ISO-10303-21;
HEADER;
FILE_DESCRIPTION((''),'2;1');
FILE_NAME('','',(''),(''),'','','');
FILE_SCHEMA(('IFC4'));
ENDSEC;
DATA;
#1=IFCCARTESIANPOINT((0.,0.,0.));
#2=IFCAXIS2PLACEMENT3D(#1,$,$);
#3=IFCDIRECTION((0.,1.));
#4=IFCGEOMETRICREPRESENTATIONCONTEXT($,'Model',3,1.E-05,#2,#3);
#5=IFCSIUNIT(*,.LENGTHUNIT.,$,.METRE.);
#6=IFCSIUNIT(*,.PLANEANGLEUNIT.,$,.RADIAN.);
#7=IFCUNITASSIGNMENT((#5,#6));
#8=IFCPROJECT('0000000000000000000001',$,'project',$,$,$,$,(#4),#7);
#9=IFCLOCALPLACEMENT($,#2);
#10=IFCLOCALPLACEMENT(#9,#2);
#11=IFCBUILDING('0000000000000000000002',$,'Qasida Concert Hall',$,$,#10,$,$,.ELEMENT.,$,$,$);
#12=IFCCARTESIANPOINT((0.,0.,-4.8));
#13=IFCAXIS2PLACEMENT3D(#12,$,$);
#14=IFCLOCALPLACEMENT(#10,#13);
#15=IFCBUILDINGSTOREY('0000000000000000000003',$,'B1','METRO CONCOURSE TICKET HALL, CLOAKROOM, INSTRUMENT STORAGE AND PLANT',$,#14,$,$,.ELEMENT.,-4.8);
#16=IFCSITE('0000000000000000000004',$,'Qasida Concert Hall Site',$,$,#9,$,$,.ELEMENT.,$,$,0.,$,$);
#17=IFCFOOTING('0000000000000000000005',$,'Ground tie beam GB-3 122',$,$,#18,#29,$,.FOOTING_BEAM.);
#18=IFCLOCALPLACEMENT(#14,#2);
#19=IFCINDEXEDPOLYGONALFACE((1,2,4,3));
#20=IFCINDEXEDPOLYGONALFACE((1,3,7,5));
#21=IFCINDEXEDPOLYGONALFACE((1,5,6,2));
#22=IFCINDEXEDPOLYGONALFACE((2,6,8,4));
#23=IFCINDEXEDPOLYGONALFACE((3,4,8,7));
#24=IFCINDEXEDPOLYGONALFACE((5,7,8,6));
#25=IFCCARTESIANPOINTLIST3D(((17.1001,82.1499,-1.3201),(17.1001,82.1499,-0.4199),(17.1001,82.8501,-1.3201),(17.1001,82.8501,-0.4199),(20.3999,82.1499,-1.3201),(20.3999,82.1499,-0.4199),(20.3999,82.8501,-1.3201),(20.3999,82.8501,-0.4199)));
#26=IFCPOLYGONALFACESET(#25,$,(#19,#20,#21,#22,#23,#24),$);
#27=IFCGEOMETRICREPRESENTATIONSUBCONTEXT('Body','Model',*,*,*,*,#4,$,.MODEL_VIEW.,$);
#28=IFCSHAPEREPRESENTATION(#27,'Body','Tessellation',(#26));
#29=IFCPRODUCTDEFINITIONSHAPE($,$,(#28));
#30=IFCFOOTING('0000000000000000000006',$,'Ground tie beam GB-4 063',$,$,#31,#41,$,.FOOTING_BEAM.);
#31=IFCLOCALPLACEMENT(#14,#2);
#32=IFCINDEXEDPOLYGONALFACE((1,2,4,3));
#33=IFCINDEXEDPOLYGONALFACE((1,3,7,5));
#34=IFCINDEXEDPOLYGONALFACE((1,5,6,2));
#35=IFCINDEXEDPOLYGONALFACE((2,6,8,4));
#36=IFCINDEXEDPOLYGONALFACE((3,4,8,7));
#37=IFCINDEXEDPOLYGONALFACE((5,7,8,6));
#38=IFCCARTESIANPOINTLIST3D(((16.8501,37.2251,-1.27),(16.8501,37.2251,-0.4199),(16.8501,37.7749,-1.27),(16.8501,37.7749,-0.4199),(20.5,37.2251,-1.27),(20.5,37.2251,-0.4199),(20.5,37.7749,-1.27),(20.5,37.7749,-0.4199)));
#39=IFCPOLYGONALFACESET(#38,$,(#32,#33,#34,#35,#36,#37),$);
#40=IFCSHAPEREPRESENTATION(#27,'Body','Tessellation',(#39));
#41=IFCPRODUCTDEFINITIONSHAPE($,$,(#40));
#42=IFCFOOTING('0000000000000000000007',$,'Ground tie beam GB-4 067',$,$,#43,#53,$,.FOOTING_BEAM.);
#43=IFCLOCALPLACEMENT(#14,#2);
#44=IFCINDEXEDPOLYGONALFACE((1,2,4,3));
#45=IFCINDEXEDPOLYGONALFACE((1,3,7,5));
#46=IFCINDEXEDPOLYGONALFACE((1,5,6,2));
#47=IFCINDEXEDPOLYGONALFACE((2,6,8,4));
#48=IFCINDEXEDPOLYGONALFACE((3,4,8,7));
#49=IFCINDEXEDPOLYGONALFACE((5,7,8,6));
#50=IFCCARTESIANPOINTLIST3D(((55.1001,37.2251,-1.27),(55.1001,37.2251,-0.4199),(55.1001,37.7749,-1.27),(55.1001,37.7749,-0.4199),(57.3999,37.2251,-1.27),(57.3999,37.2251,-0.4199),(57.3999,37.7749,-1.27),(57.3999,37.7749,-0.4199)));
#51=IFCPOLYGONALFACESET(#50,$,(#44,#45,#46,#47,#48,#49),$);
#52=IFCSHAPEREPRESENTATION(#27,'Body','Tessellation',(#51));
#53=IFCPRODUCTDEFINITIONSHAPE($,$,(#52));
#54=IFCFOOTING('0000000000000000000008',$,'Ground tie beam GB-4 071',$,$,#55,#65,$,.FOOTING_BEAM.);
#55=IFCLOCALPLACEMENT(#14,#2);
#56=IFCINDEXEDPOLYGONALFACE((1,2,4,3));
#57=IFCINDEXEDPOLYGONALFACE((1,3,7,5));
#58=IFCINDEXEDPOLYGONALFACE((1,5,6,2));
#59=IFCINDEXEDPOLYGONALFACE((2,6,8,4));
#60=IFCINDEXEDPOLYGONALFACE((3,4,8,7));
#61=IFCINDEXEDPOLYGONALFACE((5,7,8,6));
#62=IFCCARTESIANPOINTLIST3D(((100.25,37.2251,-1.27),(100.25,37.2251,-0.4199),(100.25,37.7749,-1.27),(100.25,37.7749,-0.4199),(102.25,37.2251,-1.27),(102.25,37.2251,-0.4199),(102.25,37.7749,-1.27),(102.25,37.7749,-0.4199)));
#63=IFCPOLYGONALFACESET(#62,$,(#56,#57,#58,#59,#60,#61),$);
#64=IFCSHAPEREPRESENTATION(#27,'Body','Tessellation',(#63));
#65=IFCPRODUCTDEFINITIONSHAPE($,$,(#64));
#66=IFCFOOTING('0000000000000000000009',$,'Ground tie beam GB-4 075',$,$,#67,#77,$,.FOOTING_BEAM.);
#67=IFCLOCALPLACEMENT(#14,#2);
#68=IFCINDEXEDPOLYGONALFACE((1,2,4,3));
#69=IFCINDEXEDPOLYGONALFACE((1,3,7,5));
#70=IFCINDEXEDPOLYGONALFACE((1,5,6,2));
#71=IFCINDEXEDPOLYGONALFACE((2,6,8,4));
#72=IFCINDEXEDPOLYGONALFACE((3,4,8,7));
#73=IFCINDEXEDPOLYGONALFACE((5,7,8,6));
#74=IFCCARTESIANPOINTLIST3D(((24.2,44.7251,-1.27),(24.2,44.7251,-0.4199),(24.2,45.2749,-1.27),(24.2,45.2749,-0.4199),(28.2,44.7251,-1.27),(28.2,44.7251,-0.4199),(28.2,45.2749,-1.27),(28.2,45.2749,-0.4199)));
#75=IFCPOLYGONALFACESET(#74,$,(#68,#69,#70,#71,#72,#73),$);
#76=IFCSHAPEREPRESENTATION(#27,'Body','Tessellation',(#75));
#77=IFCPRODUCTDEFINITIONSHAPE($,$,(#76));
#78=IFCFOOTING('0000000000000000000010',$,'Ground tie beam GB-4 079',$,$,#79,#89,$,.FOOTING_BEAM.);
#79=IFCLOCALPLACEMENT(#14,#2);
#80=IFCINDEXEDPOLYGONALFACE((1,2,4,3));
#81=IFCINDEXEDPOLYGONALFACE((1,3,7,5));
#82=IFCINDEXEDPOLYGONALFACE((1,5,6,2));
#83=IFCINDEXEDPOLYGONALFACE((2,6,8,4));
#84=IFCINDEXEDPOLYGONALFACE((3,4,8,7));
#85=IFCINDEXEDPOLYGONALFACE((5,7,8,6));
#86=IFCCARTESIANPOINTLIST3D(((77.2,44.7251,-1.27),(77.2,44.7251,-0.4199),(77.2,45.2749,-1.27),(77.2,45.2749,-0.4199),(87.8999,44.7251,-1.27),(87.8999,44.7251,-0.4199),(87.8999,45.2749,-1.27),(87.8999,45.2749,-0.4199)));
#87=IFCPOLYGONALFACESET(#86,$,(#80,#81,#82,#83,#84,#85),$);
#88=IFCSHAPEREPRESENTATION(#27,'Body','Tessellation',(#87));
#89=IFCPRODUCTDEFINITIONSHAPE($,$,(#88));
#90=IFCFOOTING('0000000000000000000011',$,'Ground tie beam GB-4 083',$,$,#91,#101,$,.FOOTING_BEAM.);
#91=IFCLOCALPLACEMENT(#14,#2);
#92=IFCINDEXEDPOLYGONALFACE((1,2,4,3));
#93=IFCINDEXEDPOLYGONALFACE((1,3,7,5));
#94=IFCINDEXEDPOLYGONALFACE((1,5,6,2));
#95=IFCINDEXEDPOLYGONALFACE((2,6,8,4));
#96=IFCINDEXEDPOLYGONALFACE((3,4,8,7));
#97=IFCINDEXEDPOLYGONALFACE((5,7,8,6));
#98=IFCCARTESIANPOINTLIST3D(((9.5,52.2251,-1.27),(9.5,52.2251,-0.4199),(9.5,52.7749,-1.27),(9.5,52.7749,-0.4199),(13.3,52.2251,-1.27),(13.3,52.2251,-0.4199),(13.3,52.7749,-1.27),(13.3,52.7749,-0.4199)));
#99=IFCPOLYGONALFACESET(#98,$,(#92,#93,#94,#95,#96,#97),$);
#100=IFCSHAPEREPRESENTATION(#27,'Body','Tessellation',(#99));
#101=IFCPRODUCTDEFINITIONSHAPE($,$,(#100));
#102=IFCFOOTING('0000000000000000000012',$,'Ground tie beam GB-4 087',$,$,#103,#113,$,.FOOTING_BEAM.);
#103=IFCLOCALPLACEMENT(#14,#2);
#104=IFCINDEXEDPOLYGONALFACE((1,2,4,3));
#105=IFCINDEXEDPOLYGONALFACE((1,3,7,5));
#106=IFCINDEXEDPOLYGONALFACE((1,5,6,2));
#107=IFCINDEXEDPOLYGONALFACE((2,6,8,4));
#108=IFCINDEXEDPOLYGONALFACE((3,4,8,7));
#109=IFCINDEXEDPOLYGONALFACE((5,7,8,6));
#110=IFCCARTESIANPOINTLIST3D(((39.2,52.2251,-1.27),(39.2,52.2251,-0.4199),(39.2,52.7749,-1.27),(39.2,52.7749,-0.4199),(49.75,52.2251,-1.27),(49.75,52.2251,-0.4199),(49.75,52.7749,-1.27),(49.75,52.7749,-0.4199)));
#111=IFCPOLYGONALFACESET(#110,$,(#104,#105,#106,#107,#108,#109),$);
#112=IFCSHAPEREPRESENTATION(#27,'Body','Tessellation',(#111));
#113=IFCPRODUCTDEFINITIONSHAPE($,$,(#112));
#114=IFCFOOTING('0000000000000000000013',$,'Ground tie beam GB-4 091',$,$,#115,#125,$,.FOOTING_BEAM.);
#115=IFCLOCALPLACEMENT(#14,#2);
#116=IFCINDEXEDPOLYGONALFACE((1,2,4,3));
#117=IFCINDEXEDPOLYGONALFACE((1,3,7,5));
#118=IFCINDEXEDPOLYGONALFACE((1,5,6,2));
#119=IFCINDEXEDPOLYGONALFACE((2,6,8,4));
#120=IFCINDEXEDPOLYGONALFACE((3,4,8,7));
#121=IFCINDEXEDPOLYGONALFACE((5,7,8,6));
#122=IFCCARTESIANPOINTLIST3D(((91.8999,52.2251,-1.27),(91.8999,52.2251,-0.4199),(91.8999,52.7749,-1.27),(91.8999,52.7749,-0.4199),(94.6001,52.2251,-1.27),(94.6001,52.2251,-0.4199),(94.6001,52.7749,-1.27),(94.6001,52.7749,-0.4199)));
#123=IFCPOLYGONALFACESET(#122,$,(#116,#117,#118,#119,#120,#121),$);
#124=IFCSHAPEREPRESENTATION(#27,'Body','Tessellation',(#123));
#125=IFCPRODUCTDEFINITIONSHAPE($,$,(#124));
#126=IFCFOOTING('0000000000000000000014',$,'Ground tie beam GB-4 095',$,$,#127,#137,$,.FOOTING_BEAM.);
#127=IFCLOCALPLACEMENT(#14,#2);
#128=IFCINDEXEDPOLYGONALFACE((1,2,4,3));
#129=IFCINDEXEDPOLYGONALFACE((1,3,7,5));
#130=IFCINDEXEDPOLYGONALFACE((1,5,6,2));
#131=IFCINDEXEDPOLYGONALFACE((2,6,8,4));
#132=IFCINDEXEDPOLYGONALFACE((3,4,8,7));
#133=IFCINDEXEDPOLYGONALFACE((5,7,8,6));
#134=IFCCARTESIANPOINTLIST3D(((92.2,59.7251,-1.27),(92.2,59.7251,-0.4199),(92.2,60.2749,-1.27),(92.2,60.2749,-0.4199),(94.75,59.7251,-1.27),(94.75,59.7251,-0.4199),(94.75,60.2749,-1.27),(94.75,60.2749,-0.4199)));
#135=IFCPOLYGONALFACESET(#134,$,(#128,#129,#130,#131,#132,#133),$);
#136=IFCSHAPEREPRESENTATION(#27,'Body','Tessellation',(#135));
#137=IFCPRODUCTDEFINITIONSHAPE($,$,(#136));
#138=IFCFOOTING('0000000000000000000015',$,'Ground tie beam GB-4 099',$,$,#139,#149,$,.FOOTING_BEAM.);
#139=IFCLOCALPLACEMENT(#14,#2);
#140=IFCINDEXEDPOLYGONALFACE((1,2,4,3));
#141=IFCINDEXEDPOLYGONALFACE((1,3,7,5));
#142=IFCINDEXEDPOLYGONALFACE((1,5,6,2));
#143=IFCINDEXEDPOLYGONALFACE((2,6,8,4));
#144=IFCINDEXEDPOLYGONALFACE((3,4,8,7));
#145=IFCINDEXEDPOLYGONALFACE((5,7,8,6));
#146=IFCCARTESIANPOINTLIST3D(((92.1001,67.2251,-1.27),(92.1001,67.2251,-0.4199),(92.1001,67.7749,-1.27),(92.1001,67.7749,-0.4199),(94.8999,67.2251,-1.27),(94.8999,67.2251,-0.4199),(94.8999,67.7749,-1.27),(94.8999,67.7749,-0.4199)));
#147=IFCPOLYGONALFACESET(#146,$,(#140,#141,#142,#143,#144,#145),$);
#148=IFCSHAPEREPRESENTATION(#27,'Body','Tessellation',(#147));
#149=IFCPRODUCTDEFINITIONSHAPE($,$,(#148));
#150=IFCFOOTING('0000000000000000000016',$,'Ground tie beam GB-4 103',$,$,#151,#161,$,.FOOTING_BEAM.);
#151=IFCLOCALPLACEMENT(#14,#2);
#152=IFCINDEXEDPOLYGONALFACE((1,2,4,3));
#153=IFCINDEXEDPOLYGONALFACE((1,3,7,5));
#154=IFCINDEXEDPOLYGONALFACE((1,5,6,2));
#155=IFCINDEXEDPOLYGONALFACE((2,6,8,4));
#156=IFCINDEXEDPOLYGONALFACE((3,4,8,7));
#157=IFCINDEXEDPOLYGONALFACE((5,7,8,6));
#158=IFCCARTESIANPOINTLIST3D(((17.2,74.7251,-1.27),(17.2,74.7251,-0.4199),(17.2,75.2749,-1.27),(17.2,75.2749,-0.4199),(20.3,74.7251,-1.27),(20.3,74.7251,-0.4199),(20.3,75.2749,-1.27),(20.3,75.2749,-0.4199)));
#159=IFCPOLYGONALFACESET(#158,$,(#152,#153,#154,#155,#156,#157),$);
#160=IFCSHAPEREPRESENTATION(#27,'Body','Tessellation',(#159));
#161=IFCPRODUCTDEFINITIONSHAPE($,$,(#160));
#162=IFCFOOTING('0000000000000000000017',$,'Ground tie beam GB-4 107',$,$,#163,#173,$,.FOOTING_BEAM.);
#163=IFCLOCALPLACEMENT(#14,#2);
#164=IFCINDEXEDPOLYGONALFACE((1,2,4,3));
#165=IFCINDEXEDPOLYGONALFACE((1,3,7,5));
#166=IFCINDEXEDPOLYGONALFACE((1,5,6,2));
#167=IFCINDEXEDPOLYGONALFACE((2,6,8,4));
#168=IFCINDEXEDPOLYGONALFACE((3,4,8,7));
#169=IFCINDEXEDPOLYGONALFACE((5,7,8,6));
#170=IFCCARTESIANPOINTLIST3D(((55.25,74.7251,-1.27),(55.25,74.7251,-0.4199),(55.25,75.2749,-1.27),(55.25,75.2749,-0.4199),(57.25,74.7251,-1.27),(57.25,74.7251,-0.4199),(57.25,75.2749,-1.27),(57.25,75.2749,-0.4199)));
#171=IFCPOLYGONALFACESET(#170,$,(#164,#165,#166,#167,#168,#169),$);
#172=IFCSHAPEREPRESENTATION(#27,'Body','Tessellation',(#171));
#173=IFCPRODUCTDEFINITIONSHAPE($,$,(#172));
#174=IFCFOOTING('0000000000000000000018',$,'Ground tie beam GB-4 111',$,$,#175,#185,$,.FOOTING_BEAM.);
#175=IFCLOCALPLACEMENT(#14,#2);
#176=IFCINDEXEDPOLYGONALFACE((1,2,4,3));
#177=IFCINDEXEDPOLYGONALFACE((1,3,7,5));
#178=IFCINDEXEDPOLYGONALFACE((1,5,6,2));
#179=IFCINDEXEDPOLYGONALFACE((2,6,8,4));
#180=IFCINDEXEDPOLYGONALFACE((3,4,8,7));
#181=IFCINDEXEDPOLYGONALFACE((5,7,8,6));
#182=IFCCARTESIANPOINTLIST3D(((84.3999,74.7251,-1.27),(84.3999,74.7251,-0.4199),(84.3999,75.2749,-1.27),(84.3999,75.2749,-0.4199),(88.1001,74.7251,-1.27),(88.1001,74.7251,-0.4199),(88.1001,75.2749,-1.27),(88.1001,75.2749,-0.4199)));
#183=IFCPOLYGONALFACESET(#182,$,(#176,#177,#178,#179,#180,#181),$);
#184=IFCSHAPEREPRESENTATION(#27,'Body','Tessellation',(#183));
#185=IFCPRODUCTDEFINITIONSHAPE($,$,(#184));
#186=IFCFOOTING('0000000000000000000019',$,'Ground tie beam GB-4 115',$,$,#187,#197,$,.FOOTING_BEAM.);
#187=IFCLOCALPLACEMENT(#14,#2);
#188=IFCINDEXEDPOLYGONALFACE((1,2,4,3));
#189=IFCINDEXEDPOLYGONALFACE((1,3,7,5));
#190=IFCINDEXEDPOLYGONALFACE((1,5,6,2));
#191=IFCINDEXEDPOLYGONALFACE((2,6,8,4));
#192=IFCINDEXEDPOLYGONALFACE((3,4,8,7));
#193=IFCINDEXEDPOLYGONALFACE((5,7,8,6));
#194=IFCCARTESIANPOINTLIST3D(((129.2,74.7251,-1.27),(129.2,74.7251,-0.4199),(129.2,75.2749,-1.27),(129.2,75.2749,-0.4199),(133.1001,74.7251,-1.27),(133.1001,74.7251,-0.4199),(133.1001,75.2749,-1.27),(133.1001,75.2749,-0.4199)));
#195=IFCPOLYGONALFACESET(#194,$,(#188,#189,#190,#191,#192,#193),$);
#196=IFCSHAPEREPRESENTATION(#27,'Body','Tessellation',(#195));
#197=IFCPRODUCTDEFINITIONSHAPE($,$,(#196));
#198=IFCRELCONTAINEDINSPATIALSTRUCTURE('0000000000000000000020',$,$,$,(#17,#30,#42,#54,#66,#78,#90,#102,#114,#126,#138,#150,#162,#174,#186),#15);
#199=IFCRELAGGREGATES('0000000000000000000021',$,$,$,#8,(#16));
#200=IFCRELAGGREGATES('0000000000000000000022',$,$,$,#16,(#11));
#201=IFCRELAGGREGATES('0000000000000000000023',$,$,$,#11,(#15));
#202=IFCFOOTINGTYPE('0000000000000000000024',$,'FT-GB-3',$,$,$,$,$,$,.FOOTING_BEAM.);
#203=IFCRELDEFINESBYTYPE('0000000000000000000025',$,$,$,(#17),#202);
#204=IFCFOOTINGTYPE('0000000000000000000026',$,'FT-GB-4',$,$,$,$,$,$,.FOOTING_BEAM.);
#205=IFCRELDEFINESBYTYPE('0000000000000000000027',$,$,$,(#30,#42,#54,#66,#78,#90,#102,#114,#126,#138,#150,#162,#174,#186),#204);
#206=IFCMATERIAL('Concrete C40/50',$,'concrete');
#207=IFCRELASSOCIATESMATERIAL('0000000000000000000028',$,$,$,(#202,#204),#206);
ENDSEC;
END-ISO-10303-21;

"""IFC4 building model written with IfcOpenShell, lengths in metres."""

from ifc_helpers import new_model, si_unit, direction, frame, origin, place, context, subcontext, project, spatial, polyline, outline, extrude, material, type_object, element, save


model = new_model("IFC4")

# Units and contexts
model_context = context("Model", 3, precision=1e-05, world=origin(), true_north=direction((0.0, 1.0)))
body_context = subcontext(model_context, "Body", "Model", "MODEL_VIEW")
ifc_project = project(units=[si_unit("LENGTHUNIT", "METRE"), si_unit("PLANEANGLEUNIT", "RADIAN")], contexts=[model_context])

# Site, building, storey
site_placement = place(None, origin())
site = spatial("IfcSite", under=ifc_project, at=site_placement, Name="Qasida Concert Hall Site", CompositionType="ELEMENT", RefElevation=0.0)
building_placement = place(site_placement, origin())
building = spatial("IfcBuilding", under=site, at=building_placement, Name="Qasida Concert Hall", CompositionType="ELEMENT")
storey_placement = place(building_placement, frame((0.0, 0.0, -4.8)))
storey = spatial("IfcBuildingStorey", under=building, at=storey_placement, Name="B1", Description="METRO CONCOURSE TICKET HALL, CLOAKROOM, INSTRUMENT STORAGE AND PLANT", CompositionType="ELEMENT", Elevation=-4.8)

# Footings
ifc_material = material(Name="Concrete C40/50", Category="concrete")
footing_type_1 = type_object("IfcFootingType", Name="FT-GB-3", PredefinedType="FOOTING_BEAM", material=ifc_material)
footing_1_placement = place(storey_placement, frame((0.0, 0.0, -1.3201)))
element("IfcFooting", 1, at=footing_1_placement, inside=storey, type_object=footing_type_1, Name="Ground tie beam GB-3 122", PredefinedType="FOOTING_BEAM", context=body_context, shape_type="SweptSolid", body=[
    extrude(outline(polyline([(17.1001, 82.1499), (20.3999, 82.1499), (20.3999, 82.8501), (17.1001, 82.8501), (17.1001, 82.1499)])), origin(), (0.0, 0.0, 1.0), 0.9001),
])
footing_type_2 = type_object("IfcFootingType", Name="FT-GB-4", PredefinedType="FOOTING_BEAM", material=ifc_material)
footing_2_placement = place(storey_placement, frame((0.0, 0.0, -1.27)))
element("IfcFooting", 2, at=footing_2_placement, inside=storey, type_object=footing_type_2, Name="Ground tie beam GB-4 063", PredefinedType="FOOTING_BEAM", context=body_context, shape_type="SweptSolid", body=[
    extrude(outline(polyline([(16.8501, 37.2251), (20.5, 37.2251), (20.5, 37.7749), (16.8501, 37.7749), (16.8501, 37.2251)])), origin(), (0.0, 0.0, 1.0), 0.8501),
])
footing_3_placement = place(storey_placement, frame((0.0, 0.0, -1.27)))
element("IfcFooting", 3, at=footing_3_placement, inside=storey, type_object=footing_type_2, Name="Ground tie beam GB-4 067", PredefinedType="FOOTING_BEAM", context=body_context, shape_type="SweptSolid", body=[
    extrude(outline(polyline([(55.1001, 37.2251), (57.3999, 37.2251), (57.3999, 37.7749), (55.1001, 37.7749), (55.1001, 37.2251)])), origin(), (0.0, 0.0, 1.0), 0.8501),
])
footing_4_placement = place(storey_placement, frame((0.0, 0.0, -1.27)))
element("IfcFooting", 4, at=footing_4_placement, inside=storey, type_object=footing_type_2, Name="Ground tie beam GB-4 071", PredefinedType="FOOTING_BEAM", context=body_context, shape_type="SweptSolid", body=[
    extrude(outline(polyline([(100.25, 37.2251), (102.25, 37.2251), (102.25, 37.7749), (100.25, 37.7749), (100.25, 37.2251)])), origin(), (0.0, 0.0, 1.0), 0.8501),
])
footing_5_placement = place(storey_placement, frame((0.0, 0.0, -1.27)))
element("IfcFooting", 5, at=footing_5_placement, inside=storey, type_object=footing_type_2, Name="Ground tie beam GB-4 075", PredefinedType="FOOTING_BEAM", context=body_context, shape_type="SweptSolid", body=[
    extrude(outline(polyline([(24.2, 44.7251), (28.2, 44.7251), (28.2, 45.2749), (24.2, 45.2749), (24.2, 44.7251)])), origin(), (0.0, 0.0, 1.0), 0.8501),
])
footing_6_placement = place(storey_placement, frame((0.0, 0.0, -1.27)))
element("IfcFooting", 6, at=footing_6_placement, inside=storey, type_object=footing_type_2, Name="Ground tie beam GB-4 079", PredefinedType="FOOTING_BEAM", context=body_context, shape_type="SweptSolid", body=[
    extrude(outline(polyline([(77.2, 44.7251), (87.8999, 44.7251), (87.8999, 45.2749), (77.2, 45.2749), (77.2, 44.7251)])), origin(), (0.0, 0.0, 1.0), 0.8501),
])
footing_7_placement = place(storey_placement, frame((0.0, 0.0, -1.27)))
element("IfcFooting", 7, at=footing_7_placement, inside=storey, type_object=footing_type_2, Name="Ground tie beam GB-4 083", PredefinedType="FOOTING_BEAM", context=body_context, shape_type="SweptSolid", body=[
    extrude(outline(polyline([(9.5, 52.2251), (13.3, 52.2251), (13.3, 52.7749), (9.5, 52.7749), (9.5, 52.2251)])), origin(), (0.0, 0.0, 1.0), 0.8501),
])
footing_8_placement = place(storey_placement, frame((0.0, 0.0, -1.27)))
element("IfcFooting", 8, at=footing_8_placement, inside=storey, type_object=footing_type_2, Name="Ground tie beam GB-4 087", PredefinedType="FOOTING_BEAM", context=body_context, shape_type="SweptSolid", body=[
    extrude(outline(polyline([(39.2, 52.2251), (49.75, 52.2251), (49.75, 52.7749), (39.2, 52.7749), (39.2, 52.2251)])), origin(), (0.0, 0.0, 1.0), 0.8501),
])
footing_9_placement = place(storey_placement, frame((0.0, 0.0, -1.27)))
element("IfcFooting", 9, at=footing_9_placement, inside=storey, type_object=footing_type_2, Name="Ground tie beam GB-4 091", PredefinedType="FOOTING_BEAM", context=body_context, shape_type="SweptSolid", body=[
    extrude(outline(polyline([(91.8999, 52.2251), (94.6001, 52.2251), (94.6001, 52.7749), (91.8999, 52.7749), (91.8999, 52.2251)])), origin(), (0.0, 0.0, 1.0), 0.8501),
])
footing_10_placement = place(storey_placement, frame((0.0, 0.0, -1.27)))
element("IfcFooting", 10, at=footing_10_placement, inside=storey, type_object=footing_type_2, Name="Ground tie beam GB-4 095", PredefinedType="FOOTING_BEAM", context=body_context, shape_type="SweptSolid", body=[
    extrude(outline(polyline([(92.2, 59.7251), (94.75, 59.7251), (94.75, 60.2749), (92.2, 60.2749), (92.2, 59.7251)])), origin(), (0.0, 0.0, 1.0), 0.8501),
])
footing_11_placement = place(storey_placement, frame((0.0, 0.0, -1.27)))
element("IfcFooting", 11, at=footing_11_placement, inside=storey, type_object=footing_type_2, Name="Ground tie beam GB-4 099", PredefinedType="FOOTING_BEAM", context=body_context, shape_type="SweptSolid", body=[
    extrude(outline(polyline([(92.1001, 67.2251), (94.8999, 67.2251), (94.8999, 67.7749), (92.1001, 67.7749), (92.1001, 67.2251)])), origin(), (0.0, 0.0, 1.0), 0.8501),
])
footing_12_placement = place(storey_placement, frame((0.0, 0.0, -1.27)))
element("IfcFooting", 12, at=footing_12_placement, inside=storey, type_object=footing_type_2, Name="Ground tie beam GB-4 103", PredefinedType="FOOTING_BEAM", context=body_context, shape_type="SweptSolid", body=[
    extrude(outline(polyline([(17.2, 74.7251), (20.3, 74.7251), (20.3, 75.2749), (17.2, 75.2749), (17.2, 74.7251)])), origin(), (0.0, 0.0, 1.0), 0.8501),
])
footing_13_placement = place(storey_placement, frame((0.0, 0.0, -1.27)))
element("IfcFooting", 13, at=footing_13_placement, inside=storey, type_object=footing_type_2, Name="Ground tie beam GB-4 107", PredefinedType="FOOTING_BEAM", context=body_context, shape_type="SweptSolid", body=[
    extrude(outline(polyline([(55.25, 74.7251), (57.25, 74.7251), (57.25, 75.2749), (55.25, 75.2749), (55.25, 74.7251)])), origin(), (0.0, 0.0, 1.0), 0.8501),
])
footing_14_placement = place(storey_placement, frame((0.0, 0.0, -1.27)))
element("IfcFooting", 14, at=footing_14_placement, inside=storey, type_object=footing_type_2, Name="Ground tie beam GB-4 111", PredefinedType="FOOTING_BEAM", context=body_context, shape_type="SweptSolid", body=[
    extrude(outline(polyline([(84.3999, 74.7251), (88.1001, 74.7251), (88.1001, 75.2749), (84.3999, 75.2749), (84.3999, 74.7251)])), origin(), (0.0, 0.0, 1.0), 0.8501),
])
footing_15_placement = place(storey_placement, frame((0.0, 0.0, -1.27)))
element("IfcFooting", 15, at=footing_15_placement, inside=storey, type_object=footing_type_2, Name="Ground tie beam GB-4 115", PredefinedType="FOOTING_BEAM", context=body_context, shape_type="SweptSolid", body=[
    extrude(outline(polyline([(129.2, 74.7251), (133.1001, 74.7251), (133.1001, 75.2749), (129.2, 75.2749), (129.2, 74.7251)])), origin(), (0.0, 0.0, 1.0), 0.8501),
])

save(model, "model.ifc")
